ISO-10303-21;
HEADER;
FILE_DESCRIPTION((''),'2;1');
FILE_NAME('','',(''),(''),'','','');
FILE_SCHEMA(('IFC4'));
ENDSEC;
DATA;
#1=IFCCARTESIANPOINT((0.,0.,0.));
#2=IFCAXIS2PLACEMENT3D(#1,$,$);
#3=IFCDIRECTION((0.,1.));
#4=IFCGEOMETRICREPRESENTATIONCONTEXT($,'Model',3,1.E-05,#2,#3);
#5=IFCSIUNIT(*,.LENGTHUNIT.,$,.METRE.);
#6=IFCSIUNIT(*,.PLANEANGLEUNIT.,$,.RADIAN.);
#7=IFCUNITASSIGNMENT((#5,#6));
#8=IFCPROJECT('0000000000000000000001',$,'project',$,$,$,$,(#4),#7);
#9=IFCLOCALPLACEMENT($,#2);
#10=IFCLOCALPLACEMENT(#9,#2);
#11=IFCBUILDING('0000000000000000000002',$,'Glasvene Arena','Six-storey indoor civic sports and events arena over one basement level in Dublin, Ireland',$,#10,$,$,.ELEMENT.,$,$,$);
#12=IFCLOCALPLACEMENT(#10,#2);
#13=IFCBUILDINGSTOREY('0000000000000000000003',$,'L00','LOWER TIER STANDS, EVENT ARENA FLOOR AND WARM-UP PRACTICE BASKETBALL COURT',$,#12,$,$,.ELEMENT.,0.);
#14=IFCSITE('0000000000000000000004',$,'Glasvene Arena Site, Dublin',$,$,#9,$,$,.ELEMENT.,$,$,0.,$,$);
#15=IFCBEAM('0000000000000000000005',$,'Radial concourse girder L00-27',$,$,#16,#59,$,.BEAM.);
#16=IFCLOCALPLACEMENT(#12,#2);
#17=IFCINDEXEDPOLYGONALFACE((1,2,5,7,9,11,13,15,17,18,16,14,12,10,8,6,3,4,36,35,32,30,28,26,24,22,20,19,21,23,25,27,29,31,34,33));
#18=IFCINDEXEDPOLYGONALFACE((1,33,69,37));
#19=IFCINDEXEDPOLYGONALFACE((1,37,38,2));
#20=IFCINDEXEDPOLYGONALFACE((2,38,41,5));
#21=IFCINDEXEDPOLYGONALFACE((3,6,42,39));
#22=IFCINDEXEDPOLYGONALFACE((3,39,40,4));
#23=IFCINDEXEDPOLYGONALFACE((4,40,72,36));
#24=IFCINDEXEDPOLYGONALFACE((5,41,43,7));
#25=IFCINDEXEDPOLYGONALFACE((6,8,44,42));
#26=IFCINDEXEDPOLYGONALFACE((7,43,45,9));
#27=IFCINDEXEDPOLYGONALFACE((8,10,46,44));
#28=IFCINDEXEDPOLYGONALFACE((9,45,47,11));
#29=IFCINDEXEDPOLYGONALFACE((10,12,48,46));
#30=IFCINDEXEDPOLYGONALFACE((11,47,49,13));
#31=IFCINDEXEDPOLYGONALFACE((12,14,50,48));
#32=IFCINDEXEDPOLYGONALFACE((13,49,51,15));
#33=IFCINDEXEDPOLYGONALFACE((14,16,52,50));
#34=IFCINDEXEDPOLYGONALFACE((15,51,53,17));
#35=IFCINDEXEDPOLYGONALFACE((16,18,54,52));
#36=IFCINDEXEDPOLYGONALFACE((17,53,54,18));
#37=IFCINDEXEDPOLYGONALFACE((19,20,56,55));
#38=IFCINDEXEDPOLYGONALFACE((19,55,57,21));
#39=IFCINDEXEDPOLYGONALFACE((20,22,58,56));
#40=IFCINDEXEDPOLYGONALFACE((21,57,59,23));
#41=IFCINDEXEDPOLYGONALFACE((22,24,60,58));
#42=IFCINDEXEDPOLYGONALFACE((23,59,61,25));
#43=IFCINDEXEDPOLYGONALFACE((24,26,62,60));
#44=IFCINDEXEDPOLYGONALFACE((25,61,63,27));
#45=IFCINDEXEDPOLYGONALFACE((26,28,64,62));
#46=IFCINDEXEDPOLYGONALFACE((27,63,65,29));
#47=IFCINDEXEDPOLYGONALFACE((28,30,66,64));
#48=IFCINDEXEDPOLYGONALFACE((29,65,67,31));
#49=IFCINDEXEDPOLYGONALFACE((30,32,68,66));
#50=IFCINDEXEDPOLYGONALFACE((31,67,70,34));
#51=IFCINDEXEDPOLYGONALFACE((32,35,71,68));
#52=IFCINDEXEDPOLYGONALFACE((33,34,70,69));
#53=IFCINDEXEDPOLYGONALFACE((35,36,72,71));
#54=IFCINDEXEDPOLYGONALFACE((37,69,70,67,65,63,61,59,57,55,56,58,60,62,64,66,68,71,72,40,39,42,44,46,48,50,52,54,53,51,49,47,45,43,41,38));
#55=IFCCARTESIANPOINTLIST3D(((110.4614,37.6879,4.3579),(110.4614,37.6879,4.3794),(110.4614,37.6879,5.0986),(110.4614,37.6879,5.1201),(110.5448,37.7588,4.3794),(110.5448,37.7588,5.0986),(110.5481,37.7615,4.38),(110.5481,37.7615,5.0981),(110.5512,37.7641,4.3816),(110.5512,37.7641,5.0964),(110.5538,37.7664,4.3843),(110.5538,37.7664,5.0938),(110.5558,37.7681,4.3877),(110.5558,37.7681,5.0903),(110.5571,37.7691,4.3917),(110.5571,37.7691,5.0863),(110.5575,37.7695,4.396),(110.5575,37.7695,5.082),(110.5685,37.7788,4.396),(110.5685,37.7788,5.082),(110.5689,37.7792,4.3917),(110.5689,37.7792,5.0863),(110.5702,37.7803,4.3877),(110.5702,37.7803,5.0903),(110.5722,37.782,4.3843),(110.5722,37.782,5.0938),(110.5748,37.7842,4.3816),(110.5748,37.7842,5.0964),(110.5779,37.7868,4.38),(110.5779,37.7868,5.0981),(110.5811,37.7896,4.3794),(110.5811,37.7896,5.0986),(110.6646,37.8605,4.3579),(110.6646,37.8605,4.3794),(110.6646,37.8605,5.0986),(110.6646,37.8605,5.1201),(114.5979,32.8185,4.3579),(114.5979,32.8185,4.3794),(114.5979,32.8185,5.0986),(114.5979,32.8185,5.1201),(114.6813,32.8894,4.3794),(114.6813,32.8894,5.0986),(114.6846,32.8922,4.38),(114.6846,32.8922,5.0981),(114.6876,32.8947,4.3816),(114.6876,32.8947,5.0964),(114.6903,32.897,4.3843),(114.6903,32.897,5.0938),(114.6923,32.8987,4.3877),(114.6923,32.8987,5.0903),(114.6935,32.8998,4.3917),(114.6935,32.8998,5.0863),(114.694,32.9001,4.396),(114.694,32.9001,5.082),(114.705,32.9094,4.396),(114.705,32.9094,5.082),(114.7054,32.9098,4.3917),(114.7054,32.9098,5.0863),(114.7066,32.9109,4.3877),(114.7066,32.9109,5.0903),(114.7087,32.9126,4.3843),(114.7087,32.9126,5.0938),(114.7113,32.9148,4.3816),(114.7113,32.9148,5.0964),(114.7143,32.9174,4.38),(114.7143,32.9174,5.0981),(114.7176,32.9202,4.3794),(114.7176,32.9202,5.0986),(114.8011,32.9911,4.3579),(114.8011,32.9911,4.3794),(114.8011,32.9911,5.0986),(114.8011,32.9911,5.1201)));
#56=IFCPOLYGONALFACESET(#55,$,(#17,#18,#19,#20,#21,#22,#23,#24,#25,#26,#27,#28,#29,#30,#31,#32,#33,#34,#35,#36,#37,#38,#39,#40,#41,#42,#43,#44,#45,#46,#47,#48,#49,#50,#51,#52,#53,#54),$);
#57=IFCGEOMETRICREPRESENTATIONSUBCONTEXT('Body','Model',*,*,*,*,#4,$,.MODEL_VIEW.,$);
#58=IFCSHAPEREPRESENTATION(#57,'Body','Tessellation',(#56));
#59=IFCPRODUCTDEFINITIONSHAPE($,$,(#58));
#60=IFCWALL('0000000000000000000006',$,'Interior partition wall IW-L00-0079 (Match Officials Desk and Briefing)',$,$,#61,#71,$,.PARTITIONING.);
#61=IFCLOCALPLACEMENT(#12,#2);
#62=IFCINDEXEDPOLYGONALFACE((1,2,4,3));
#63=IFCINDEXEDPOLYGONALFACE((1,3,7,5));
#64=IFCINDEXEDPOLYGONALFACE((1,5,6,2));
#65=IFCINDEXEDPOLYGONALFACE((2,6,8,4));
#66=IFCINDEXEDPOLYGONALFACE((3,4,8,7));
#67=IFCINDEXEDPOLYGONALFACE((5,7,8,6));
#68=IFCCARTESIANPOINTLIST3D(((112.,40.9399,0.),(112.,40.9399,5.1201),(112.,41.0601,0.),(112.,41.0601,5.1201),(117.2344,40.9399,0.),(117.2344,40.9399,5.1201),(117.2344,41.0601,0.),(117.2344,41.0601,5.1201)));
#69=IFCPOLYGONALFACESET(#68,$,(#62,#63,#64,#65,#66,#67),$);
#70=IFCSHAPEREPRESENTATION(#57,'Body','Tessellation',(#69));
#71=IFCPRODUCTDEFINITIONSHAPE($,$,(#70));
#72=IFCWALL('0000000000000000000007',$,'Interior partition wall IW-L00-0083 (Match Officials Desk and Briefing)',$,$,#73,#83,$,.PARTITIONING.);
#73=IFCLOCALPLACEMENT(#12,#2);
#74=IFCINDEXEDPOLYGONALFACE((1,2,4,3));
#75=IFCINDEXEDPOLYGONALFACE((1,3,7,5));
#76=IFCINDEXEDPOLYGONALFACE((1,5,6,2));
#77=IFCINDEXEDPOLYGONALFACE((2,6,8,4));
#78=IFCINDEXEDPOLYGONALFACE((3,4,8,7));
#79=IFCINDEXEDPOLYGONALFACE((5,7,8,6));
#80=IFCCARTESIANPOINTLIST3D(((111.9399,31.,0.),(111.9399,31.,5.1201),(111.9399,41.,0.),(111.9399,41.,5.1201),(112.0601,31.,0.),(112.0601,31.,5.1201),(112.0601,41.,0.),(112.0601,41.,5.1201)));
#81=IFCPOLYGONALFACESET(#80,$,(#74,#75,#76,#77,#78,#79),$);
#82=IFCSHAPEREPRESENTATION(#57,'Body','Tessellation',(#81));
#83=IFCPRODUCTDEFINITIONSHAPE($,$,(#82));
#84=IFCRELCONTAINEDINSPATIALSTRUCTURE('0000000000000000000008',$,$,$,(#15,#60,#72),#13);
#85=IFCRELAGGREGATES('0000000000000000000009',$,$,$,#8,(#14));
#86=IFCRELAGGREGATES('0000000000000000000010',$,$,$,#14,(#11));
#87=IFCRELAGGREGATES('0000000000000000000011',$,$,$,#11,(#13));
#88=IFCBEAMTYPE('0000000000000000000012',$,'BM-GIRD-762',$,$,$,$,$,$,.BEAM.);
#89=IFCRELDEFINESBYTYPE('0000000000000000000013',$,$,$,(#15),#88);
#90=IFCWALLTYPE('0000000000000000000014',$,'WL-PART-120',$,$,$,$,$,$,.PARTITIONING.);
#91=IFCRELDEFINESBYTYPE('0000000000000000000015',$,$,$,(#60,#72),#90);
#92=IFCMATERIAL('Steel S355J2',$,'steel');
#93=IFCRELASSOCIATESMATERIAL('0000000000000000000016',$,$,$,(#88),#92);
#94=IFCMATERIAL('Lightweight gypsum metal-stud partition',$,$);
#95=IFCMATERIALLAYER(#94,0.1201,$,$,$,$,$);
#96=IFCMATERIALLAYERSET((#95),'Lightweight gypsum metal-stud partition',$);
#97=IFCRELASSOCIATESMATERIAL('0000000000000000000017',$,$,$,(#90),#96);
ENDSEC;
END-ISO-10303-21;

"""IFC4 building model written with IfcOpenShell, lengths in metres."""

from ifc_helpers import new_model, si_unit, direction, frame, frame_2d, origin, origin_2d, place, context, subcontext, project, spatial, rectangle, i_section, extrude, material, layer, layer_set, material_profile, profile_set, type_object, element, save


model = new_model("IFC4")

# Units and contexts
model_context = context("Model", 3, precision=1e-05, world=origin(), true_north=direction((0.0, 1.0)))
body_context = subcontext(model_context, "Body", "Model", "MODEL_VIEW")
ifc_project = project(units=[si_unit("LENGTHUNIT", "METRE"), si_unit("PLANEANGLEUNIT", "RADIAN")], contexts=[model_context])

# Site, building, storey
site_placement = place(None, origin())
site = spatial("IfcSite", under=ifc_project, at=site_placement, Name="Glasvene Arena Site, Dublin", CompositionType="ELEMENT", RefElevation=0.0)
building_placement = place(site_placement, origin())
building = spatial("IfcBuilding", under=site, at=building_placement, Name="Glasvene Arena", Description="Six-storey indoor civic sports and events arena over one basement level in Dublin, Ireland", CompositionType="ELEMENT")
storey_placement = place(building_placement, origin())
storey = spatial("IfcBuildingStorey", under=building, at=storey_placement, Name="L00", Description="LOWER TIER STANDS, EVENT ARENA FLOOR AND WARM-UP PRACTICE BASKETBALL COURT", CompositionType="ELEMENT", Elevation=0.0)

# Shared definitions
ifc_material_1 = material(Name="Steel S355J2", Category="steel")

# Beam
ifc_material_profile_1 = material_profile(ifc_material_1, i_section(OverallWidth=0.2666, OverallDepth=0.7622, WebThickness=0.0144, FlangeThickness=0.0215, FilletRadius=0.0166, at=origin_2d()), Name="UKB 762x267x173")
ifc_profile_set_1 = profile_set([ifc_material_profile_1], Name="Steel S355J2")
beam_type_1 = type_object("IfcBeamType", Name="BM-GIRD-762", PredefinedType="BEAM", material=ifc_profile_set_1)
beam_1_placement = place(storey_placement, frame((110.563, 37.7742, 4.739), z_axis=(0.647421, -0.762133, 0.0), x_axis=(0.762133, 0.647421, 0.0)))
element("IfcBeam", 1, at=beam_1_placement, inside=storey, type_object=beam_type_1, Name="Radial concourse girder L00-27", PredefinedType="BEAM", context=body_context, shape_type="SweptSolid", body=[
    extrude(i_section(OverallWidth=0.2666, OverallDepth=0.7622, WebThickness=0.0144, FlangeThickness=0.0215, FilletRadius=0.0166, at=origin_2d()), origin(), (0.0, 0.0, 1.0), 6.3892),
])

# Walls
ifc_material_2 = material(Name="Lightweight gypsum metal-stud partition")
ifc_layer = layer(ifc_material_2, 0.1201)
ifc_layer_set = layer_set([ifc_layer], Name="Lightweight gypsum metal-stud partition")
wall_type = type_object("IfcWallType", Name="WL-PART-120", PredefinedType="PARTITIONING", material=ifc_layer_set)
wall_1_placement = place(storey_placement, frame((112.0, 41.0, 0.0), z_axis=(0.0, 0.0, 1.0), x_axis=(1.0, 0.0, 0.0)))
element("IfcWall", 2, at=wall_1_placement, inside=storey, type_object=wall_type, Name="Interior partition wall IW-L00-0079 (Match Officials Desk and Briefing)", PredefinedType="PARTITIONING", context=body_context, shape_type="SweptSolid", body=[
    extrude(rectangle(XDim=5.2344, YDim=0.1201, at=frame_2d((2.6172, 0.0))), origin(), (0.0, 0.0, 1.0), 5.1201),
])
wall_2_placement = place(storey_placement, frame((112.0, 31.0, 0.0), z_axis=(0.0, 0.0, 1.0), x_axis=(0.0, 1.0, 0.0)))
element("IfcWall", 3, at=wall_2_placement, inside=storey, type_object=wall_type, Name="Interior partition wall IW-L00-0083 (Match Officials Desk and Briefing)", PredefinedType="PARTITIONING", context=body_context, shape_type="SweptSolid", body=[
    extrude(rectangle(XDim=10.0, YDim=0.1201, at=frame_2d((5.0, 0.0))), origin(), (0.0, 0.0, 1.0), 5.1201),
])

save(model, "model.ifc")
